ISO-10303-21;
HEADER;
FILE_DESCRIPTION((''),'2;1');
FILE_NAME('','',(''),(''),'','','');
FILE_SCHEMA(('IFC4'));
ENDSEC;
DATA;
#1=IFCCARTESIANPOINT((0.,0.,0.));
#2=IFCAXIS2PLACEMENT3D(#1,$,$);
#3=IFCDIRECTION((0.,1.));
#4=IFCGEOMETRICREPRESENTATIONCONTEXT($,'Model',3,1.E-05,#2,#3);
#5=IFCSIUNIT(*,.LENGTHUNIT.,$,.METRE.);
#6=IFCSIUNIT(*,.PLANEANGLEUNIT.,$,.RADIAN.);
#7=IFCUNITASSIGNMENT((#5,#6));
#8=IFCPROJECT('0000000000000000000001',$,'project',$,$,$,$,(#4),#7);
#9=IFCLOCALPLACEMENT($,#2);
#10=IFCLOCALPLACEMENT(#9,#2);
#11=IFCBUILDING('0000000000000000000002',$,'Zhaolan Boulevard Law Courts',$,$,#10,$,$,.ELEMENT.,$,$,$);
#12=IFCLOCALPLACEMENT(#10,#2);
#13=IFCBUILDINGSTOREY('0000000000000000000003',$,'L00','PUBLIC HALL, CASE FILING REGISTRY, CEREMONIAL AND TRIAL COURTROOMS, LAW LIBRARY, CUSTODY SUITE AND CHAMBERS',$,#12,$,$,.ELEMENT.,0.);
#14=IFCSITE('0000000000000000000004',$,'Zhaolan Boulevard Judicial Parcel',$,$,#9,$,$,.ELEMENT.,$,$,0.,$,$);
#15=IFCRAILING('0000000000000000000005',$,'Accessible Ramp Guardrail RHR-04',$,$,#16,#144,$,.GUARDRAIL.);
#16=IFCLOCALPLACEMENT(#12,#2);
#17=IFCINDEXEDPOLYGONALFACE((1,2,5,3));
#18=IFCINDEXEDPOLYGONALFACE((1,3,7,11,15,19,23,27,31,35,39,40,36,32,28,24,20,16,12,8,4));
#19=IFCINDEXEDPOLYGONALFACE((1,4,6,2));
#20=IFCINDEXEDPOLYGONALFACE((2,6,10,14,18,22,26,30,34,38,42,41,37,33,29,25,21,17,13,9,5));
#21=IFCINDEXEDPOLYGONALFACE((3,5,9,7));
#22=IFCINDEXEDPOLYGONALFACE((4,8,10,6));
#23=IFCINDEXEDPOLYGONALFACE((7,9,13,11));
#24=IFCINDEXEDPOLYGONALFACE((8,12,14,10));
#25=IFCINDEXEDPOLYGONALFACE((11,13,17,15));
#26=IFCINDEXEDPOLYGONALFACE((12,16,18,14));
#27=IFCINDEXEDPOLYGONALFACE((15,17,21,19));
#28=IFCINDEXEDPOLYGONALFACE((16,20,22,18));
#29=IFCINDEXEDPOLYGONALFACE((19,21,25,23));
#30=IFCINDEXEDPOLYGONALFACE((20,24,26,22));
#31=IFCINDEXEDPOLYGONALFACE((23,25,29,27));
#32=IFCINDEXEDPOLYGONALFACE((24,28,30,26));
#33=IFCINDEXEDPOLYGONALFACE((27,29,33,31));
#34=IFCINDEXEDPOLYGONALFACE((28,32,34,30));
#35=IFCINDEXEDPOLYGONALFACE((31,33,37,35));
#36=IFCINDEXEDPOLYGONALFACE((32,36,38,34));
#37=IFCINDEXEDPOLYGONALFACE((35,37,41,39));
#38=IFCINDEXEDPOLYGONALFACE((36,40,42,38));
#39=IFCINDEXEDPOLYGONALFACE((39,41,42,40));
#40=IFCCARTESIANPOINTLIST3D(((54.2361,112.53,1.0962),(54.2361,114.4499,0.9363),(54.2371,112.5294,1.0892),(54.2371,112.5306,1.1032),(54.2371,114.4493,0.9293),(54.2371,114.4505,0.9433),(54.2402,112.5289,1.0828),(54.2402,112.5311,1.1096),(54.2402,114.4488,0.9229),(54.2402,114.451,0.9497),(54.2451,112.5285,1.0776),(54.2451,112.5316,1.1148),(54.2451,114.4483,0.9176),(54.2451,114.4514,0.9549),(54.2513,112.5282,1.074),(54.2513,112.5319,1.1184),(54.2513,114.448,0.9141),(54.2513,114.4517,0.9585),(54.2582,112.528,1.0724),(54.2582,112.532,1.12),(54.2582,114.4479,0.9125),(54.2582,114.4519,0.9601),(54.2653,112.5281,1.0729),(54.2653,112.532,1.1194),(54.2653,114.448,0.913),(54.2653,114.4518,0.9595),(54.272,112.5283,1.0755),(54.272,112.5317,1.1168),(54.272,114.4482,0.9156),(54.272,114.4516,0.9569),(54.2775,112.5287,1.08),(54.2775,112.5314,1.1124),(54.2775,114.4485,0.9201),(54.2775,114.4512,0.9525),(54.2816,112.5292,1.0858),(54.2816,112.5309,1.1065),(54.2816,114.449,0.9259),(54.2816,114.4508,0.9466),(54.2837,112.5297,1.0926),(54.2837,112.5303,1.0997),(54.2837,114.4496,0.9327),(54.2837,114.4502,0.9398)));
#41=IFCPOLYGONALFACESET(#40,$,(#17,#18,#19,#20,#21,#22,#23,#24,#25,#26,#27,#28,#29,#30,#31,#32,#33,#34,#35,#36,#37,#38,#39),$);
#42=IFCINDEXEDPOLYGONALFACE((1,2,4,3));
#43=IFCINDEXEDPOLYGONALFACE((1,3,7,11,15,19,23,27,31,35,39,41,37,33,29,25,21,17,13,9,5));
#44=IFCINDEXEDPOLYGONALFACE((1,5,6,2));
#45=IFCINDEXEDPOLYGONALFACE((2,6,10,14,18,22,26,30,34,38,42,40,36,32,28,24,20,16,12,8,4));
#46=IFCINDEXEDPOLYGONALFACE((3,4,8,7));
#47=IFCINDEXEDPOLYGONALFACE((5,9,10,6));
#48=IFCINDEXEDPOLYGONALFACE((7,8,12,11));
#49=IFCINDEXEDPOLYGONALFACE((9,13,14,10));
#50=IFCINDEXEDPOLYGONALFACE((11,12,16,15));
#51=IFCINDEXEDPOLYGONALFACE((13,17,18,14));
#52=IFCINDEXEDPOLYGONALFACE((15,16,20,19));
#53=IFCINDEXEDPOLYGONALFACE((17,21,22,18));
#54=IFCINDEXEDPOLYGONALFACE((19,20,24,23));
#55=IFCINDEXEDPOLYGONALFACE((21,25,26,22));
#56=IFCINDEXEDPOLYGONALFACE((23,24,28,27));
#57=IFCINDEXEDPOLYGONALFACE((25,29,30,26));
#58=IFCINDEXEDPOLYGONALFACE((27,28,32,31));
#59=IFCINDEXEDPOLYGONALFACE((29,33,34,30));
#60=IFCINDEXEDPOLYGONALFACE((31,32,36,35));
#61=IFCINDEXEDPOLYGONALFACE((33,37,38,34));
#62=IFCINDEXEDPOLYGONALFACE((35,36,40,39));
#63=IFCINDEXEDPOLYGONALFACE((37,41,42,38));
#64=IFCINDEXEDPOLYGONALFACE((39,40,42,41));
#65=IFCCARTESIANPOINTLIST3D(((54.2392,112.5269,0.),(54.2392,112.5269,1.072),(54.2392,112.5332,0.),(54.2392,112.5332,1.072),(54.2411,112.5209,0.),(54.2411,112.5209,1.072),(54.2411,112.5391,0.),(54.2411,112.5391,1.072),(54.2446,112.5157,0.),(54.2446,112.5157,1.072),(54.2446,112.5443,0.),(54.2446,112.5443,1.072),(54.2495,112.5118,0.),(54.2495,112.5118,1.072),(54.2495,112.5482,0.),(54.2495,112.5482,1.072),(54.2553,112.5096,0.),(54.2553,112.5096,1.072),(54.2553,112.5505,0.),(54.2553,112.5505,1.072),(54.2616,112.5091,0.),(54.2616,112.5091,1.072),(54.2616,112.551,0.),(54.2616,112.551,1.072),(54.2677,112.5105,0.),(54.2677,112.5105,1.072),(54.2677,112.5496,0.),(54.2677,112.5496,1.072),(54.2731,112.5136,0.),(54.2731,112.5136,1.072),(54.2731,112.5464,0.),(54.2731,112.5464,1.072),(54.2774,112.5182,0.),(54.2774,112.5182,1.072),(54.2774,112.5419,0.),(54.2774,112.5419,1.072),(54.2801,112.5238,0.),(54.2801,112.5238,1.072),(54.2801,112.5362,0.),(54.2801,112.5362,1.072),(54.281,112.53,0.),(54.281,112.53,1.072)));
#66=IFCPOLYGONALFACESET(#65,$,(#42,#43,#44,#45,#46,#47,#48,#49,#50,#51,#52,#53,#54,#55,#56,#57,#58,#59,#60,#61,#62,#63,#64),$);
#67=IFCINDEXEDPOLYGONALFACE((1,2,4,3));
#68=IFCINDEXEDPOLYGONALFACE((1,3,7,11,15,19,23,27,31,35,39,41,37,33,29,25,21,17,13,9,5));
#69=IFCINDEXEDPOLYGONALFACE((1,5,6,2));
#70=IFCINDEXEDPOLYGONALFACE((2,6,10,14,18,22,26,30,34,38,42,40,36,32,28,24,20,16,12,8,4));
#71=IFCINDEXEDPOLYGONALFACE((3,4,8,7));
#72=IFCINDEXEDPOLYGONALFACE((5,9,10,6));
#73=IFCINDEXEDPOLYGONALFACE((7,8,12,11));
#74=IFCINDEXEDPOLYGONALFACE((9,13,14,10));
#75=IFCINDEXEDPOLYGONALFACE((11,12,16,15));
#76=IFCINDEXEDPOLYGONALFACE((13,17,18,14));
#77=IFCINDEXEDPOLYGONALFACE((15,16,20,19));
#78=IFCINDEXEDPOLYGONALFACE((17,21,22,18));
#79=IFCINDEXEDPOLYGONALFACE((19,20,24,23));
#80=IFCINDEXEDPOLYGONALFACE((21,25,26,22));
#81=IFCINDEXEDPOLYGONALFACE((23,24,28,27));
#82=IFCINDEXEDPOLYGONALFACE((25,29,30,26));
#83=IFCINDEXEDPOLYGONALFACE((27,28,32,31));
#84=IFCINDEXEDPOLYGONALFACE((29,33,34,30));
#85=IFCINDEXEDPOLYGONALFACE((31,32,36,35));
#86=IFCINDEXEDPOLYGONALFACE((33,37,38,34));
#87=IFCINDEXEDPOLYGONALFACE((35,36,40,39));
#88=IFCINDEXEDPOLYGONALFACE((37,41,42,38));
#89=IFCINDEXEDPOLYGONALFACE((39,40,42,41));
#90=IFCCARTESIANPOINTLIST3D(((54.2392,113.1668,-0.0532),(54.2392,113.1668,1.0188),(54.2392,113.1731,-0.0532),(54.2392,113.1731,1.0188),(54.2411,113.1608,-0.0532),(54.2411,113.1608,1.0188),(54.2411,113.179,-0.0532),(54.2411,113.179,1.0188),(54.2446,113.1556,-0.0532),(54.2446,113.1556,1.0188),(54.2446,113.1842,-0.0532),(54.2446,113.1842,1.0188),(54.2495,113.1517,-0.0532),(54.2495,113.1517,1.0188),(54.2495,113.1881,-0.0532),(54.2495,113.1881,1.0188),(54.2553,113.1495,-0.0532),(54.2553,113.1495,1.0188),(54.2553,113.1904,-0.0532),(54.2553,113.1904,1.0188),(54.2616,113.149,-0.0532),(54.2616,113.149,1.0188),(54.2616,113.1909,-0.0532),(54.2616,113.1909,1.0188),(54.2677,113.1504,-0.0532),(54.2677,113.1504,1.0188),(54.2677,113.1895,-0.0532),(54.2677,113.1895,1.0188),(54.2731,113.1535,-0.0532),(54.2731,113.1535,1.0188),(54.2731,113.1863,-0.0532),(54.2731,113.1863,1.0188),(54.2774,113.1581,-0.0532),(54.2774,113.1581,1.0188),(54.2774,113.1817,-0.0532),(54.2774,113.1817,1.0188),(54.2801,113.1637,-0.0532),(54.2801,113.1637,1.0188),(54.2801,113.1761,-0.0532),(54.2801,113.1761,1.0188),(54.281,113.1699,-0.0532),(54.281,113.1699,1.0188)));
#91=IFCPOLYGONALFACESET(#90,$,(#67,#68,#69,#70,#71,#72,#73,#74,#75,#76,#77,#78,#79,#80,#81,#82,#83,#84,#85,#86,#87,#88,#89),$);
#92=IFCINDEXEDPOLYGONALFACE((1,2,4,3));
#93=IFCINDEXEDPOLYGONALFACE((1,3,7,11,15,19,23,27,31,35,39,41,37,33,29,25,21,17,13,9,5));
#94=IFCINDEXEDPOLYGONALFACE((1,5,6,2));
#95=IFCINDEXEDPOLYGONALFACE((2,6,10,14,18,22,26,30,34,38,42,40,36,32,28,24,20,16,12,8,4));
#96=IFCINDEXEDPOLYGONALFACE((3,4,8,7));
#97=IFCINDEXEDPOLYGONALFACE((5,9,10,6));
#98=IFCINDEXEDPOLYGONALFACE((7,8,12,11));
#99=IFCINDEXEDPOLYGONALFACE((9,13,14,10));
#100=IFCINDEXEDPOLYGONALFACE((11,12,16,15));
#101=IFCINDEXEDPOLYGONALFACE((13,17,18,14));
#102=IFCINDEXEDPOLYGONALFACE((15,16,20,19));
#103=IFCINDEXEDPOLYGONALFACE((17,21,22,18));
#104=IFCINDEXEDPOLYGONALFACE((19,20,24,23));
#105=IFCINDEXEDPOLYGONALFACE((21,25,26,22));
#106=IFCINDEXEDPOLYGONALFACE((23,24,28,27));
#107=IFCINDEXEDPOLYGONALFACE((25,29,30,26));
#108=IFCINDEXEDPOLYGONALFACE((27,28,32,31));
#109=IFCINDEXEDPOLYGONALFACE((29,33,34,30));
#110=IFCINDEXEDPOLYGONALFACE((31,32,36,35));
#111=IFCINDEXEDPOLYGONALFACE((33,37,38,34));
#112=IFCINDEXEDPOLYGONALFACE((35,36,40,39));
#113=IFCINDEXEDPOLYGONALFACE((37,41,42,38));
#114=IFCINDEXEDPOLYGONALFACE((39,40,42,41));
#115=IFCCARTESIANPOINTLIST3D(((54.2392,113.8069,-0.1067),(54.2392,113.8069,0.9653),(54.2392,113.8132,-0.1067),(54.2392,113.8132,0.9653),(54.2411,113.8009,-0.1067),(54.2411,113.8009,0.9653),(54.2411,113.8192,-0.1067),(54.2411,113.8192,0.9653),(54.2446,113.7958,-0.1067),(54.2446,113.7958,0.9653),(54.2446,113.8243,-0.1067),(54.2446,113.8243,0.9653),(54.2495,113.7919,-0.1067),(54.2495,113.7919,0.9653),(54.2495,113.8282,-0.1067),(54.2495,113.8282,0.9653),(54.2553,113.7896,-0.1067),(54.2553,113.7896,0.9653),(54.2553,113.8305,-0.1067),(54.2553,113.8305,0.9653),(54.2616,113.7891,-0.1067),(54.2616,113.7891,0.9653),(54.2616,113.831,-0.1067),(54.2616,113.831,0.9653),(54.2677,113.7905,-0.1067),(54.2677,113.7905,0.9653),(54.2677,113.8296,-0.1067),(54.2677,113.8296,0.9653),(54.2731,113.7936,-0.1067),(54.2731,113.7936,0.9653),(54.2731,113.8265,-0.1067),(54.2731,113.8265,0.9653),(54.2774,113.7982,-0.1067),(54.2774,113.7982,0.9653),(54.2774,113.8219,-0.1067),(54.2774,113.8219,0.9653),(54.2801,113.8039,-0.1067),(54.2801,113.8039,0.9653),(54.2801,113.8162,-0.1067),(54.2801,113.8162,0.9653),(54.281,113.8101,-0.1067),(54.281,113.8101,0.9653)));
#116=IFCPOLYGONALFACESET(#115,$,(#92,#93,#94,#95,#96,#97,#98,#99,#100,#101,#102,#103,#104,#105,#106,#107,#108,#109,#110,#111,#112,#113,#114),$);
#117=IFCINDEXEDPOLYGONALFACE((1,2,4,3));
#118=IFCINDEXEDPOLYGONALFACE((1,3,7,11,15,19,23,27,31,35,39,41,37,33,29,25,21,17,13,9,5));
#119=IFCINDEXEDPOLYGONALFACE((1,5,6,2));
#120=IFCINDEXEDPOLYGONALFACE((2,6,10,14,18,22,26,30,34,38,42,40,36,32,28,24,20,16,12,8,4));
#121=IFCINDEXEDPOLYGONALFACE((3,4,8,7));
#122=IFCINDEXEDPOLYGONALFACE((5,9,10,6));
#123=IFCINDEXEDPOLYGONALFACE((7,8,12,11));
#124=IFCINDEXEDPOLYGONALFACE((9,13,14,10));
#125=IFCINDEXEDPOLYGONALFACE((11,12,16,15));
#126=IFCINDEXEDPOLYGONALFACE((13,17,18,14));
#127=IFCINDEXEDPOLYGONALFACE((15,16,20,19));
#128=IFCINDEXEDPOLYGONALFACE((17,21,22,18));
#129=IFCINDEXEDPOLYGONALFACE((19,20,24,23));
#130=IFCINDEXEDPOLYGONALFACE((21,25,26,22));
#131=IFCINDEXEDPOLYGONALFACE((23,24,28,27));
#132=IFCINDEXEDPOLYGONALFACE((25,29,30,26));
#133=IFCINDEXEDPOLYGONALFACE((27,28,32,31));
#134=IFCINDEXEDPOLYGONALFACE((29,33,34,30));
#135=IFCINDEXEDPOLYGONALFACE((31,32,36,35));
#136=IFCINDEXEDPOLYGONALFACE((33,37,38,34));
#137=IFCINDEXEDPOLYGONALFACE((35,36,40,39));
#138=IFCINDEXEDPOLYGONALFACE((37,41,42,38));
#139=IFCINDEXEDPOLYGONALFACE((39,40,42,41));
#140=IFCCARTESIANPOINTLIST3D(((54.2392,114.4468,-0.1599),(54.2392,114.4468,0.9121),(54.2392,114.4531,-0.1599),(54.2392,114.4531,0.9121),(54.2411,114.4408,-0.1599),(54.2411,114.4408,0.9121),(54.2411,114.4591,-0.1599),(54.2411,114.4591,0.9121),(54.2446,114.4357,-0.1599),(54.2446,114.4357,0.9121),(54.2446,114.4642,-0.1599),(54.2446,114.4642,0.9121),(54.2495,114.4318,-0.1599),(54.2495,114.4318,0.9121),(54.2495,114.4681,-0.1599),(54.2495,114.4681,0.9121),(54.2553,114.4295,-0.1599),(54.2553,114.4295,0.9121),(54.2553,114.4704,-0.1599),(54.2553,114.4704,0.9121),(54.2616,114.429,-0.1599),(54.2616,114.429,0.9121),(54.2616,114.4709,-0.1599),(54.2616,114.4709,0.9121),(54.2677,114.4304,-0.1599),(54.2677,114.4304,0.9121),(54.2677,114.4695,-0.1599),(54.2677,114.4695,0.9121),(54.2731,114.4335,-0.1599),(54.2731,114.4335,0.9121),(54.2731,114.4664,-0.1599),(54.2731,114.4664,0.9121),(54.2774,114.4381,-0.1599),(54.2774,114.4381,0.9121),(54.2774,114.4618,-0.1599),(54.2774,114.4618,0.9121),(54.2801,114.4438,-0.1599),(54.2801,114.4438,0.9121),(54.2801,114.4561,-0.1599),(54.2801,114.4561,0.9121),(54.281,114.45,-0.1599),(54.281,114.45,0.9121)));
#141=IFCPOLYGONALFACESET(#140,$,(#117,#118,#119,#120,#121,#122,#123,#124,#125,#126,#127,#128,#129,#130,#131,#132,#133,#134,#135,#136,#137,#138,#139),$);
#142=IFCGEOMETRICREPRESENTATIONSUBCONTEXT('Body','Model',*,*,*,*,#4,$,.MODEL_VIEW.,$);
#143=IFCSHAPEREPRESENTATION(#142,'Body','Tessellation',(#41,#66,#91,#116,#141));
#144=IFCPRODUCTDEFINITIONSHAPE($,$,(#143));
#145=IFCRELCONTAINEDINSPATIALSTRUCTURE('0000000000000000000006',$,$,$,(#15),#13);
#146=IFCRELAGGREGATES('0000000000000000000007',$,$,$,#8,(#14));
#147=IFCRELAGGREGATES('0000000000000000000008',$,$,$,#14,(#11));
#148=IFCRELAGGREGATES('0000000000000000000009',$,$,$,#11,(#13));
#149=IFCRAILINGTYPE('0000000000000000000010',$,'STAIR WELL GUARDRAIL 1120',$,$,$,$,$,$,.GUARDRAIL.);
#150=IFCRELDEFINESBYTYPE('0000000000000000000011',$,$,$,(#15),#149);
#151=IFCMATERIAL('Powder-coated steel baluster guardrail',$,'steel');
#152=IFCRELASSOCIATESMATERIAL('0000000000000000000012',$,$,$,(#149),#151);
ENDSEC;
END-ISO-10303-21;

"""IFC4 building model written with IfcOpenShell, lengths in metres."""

from ifc_helpers import new_model, si_unit, direction, frame, origin, origin_2d, place, context, subcontext, project, spatial, circle, extrude, material, type_object, element, save


model = new_model("IFC4")

# Units and contexts
model_context = context("Model", 3, precision=1e-05, world=origin(), true_north=direction((0.0, 1.0)))
body_context = subcontext(model_context, "Body", "Model", "MODEL_VIEW")
ifc_project = project(units=[si_unit("LENGTHUNIT", "METRE"), si_unit("PLANEANGLEUNIT", "RADIAN")], contexts=[model_context])

# Site, building, storey
site_placement = place(None, origin())
site = spatial("IfcSite", under=ifc_project, at=site_placement, Name="Zhaolan Boulevard Judicial Parcel", CompositionType="ELEMENT", RefElevation=0.0)
building_placement = place(site_placement, origin())
building = spatial("IfcBuilding", under=site, at=building_placement, Name="Zhaolan Boulevard Law Courts", CompositionType="ELEMENT")
storey_placement = place(building_placement, origin())
storey = spatial("IfcBuildingStorey", under=building, at=storey_placement, Name="L00", Description="PUBLIC HALL, CASE FILING REGISTRY, CEREMONIAL AND TRIAL COURTROOMS, LAW LIBRARY, CUSTODY SUITE AND CHAMBERS", CompositionType="ELEMENT", Elevation=0.0)

# Railing
ifc_material_1 = material(Name="Powder-coated steel baluster guardrail", Category="steel")
railing_type = type_object("IfcRailingType", Name="STAIR WELL GUARDRAIL 1120", PredefinedType="GUARDRAIL", material=ifc_material_1)
for number, where, name in (
    (1, (54.26, 112.53, 0.0), "Accessible Ramp Guardrail RHR-04"),
):
    element("IfcRailing", number, at=place(storey_placement, frame(where)), inside=storey, type_object=railing_type, Name=name, PredefinedType="GUARDRAIL", context=body_context, shape_type="SweptSolid", body=[
        extrude(circle(Radius=0.0239, at=origin_2d()), frame((0.0, 0.0, 1.0962), z_axis=(0.0, 0.996549, -0.083004), x_axis=(-1.0, 0.0, 0.0)), (0.0, 0.0, 1.0), 1.9265),
        extrude(circle(Radius=0.021, at=origin_2d()), origin(), (0.0, 0.0, 1.0), 1.072),
        extrude(circle(Radius=0.021, at=origin_2d()), frame((0.0, 0.6399, -0.0532)), (0.0, 0.0, 1.0), 1.072),
        extrude(circle(Radius=0.021, at=origin_2d()), frame((0.0, 1.28, -0.1067)), (0.0, 0.0, 1.0), 1.072),
        extrude(circle(Radius=0.021, at=origin_2d()), frame((0.0, 1.9199, -0.1599)), (0.0, 0.0, 1.0), 1.072),
    ])

save(model, "model.ifc")
